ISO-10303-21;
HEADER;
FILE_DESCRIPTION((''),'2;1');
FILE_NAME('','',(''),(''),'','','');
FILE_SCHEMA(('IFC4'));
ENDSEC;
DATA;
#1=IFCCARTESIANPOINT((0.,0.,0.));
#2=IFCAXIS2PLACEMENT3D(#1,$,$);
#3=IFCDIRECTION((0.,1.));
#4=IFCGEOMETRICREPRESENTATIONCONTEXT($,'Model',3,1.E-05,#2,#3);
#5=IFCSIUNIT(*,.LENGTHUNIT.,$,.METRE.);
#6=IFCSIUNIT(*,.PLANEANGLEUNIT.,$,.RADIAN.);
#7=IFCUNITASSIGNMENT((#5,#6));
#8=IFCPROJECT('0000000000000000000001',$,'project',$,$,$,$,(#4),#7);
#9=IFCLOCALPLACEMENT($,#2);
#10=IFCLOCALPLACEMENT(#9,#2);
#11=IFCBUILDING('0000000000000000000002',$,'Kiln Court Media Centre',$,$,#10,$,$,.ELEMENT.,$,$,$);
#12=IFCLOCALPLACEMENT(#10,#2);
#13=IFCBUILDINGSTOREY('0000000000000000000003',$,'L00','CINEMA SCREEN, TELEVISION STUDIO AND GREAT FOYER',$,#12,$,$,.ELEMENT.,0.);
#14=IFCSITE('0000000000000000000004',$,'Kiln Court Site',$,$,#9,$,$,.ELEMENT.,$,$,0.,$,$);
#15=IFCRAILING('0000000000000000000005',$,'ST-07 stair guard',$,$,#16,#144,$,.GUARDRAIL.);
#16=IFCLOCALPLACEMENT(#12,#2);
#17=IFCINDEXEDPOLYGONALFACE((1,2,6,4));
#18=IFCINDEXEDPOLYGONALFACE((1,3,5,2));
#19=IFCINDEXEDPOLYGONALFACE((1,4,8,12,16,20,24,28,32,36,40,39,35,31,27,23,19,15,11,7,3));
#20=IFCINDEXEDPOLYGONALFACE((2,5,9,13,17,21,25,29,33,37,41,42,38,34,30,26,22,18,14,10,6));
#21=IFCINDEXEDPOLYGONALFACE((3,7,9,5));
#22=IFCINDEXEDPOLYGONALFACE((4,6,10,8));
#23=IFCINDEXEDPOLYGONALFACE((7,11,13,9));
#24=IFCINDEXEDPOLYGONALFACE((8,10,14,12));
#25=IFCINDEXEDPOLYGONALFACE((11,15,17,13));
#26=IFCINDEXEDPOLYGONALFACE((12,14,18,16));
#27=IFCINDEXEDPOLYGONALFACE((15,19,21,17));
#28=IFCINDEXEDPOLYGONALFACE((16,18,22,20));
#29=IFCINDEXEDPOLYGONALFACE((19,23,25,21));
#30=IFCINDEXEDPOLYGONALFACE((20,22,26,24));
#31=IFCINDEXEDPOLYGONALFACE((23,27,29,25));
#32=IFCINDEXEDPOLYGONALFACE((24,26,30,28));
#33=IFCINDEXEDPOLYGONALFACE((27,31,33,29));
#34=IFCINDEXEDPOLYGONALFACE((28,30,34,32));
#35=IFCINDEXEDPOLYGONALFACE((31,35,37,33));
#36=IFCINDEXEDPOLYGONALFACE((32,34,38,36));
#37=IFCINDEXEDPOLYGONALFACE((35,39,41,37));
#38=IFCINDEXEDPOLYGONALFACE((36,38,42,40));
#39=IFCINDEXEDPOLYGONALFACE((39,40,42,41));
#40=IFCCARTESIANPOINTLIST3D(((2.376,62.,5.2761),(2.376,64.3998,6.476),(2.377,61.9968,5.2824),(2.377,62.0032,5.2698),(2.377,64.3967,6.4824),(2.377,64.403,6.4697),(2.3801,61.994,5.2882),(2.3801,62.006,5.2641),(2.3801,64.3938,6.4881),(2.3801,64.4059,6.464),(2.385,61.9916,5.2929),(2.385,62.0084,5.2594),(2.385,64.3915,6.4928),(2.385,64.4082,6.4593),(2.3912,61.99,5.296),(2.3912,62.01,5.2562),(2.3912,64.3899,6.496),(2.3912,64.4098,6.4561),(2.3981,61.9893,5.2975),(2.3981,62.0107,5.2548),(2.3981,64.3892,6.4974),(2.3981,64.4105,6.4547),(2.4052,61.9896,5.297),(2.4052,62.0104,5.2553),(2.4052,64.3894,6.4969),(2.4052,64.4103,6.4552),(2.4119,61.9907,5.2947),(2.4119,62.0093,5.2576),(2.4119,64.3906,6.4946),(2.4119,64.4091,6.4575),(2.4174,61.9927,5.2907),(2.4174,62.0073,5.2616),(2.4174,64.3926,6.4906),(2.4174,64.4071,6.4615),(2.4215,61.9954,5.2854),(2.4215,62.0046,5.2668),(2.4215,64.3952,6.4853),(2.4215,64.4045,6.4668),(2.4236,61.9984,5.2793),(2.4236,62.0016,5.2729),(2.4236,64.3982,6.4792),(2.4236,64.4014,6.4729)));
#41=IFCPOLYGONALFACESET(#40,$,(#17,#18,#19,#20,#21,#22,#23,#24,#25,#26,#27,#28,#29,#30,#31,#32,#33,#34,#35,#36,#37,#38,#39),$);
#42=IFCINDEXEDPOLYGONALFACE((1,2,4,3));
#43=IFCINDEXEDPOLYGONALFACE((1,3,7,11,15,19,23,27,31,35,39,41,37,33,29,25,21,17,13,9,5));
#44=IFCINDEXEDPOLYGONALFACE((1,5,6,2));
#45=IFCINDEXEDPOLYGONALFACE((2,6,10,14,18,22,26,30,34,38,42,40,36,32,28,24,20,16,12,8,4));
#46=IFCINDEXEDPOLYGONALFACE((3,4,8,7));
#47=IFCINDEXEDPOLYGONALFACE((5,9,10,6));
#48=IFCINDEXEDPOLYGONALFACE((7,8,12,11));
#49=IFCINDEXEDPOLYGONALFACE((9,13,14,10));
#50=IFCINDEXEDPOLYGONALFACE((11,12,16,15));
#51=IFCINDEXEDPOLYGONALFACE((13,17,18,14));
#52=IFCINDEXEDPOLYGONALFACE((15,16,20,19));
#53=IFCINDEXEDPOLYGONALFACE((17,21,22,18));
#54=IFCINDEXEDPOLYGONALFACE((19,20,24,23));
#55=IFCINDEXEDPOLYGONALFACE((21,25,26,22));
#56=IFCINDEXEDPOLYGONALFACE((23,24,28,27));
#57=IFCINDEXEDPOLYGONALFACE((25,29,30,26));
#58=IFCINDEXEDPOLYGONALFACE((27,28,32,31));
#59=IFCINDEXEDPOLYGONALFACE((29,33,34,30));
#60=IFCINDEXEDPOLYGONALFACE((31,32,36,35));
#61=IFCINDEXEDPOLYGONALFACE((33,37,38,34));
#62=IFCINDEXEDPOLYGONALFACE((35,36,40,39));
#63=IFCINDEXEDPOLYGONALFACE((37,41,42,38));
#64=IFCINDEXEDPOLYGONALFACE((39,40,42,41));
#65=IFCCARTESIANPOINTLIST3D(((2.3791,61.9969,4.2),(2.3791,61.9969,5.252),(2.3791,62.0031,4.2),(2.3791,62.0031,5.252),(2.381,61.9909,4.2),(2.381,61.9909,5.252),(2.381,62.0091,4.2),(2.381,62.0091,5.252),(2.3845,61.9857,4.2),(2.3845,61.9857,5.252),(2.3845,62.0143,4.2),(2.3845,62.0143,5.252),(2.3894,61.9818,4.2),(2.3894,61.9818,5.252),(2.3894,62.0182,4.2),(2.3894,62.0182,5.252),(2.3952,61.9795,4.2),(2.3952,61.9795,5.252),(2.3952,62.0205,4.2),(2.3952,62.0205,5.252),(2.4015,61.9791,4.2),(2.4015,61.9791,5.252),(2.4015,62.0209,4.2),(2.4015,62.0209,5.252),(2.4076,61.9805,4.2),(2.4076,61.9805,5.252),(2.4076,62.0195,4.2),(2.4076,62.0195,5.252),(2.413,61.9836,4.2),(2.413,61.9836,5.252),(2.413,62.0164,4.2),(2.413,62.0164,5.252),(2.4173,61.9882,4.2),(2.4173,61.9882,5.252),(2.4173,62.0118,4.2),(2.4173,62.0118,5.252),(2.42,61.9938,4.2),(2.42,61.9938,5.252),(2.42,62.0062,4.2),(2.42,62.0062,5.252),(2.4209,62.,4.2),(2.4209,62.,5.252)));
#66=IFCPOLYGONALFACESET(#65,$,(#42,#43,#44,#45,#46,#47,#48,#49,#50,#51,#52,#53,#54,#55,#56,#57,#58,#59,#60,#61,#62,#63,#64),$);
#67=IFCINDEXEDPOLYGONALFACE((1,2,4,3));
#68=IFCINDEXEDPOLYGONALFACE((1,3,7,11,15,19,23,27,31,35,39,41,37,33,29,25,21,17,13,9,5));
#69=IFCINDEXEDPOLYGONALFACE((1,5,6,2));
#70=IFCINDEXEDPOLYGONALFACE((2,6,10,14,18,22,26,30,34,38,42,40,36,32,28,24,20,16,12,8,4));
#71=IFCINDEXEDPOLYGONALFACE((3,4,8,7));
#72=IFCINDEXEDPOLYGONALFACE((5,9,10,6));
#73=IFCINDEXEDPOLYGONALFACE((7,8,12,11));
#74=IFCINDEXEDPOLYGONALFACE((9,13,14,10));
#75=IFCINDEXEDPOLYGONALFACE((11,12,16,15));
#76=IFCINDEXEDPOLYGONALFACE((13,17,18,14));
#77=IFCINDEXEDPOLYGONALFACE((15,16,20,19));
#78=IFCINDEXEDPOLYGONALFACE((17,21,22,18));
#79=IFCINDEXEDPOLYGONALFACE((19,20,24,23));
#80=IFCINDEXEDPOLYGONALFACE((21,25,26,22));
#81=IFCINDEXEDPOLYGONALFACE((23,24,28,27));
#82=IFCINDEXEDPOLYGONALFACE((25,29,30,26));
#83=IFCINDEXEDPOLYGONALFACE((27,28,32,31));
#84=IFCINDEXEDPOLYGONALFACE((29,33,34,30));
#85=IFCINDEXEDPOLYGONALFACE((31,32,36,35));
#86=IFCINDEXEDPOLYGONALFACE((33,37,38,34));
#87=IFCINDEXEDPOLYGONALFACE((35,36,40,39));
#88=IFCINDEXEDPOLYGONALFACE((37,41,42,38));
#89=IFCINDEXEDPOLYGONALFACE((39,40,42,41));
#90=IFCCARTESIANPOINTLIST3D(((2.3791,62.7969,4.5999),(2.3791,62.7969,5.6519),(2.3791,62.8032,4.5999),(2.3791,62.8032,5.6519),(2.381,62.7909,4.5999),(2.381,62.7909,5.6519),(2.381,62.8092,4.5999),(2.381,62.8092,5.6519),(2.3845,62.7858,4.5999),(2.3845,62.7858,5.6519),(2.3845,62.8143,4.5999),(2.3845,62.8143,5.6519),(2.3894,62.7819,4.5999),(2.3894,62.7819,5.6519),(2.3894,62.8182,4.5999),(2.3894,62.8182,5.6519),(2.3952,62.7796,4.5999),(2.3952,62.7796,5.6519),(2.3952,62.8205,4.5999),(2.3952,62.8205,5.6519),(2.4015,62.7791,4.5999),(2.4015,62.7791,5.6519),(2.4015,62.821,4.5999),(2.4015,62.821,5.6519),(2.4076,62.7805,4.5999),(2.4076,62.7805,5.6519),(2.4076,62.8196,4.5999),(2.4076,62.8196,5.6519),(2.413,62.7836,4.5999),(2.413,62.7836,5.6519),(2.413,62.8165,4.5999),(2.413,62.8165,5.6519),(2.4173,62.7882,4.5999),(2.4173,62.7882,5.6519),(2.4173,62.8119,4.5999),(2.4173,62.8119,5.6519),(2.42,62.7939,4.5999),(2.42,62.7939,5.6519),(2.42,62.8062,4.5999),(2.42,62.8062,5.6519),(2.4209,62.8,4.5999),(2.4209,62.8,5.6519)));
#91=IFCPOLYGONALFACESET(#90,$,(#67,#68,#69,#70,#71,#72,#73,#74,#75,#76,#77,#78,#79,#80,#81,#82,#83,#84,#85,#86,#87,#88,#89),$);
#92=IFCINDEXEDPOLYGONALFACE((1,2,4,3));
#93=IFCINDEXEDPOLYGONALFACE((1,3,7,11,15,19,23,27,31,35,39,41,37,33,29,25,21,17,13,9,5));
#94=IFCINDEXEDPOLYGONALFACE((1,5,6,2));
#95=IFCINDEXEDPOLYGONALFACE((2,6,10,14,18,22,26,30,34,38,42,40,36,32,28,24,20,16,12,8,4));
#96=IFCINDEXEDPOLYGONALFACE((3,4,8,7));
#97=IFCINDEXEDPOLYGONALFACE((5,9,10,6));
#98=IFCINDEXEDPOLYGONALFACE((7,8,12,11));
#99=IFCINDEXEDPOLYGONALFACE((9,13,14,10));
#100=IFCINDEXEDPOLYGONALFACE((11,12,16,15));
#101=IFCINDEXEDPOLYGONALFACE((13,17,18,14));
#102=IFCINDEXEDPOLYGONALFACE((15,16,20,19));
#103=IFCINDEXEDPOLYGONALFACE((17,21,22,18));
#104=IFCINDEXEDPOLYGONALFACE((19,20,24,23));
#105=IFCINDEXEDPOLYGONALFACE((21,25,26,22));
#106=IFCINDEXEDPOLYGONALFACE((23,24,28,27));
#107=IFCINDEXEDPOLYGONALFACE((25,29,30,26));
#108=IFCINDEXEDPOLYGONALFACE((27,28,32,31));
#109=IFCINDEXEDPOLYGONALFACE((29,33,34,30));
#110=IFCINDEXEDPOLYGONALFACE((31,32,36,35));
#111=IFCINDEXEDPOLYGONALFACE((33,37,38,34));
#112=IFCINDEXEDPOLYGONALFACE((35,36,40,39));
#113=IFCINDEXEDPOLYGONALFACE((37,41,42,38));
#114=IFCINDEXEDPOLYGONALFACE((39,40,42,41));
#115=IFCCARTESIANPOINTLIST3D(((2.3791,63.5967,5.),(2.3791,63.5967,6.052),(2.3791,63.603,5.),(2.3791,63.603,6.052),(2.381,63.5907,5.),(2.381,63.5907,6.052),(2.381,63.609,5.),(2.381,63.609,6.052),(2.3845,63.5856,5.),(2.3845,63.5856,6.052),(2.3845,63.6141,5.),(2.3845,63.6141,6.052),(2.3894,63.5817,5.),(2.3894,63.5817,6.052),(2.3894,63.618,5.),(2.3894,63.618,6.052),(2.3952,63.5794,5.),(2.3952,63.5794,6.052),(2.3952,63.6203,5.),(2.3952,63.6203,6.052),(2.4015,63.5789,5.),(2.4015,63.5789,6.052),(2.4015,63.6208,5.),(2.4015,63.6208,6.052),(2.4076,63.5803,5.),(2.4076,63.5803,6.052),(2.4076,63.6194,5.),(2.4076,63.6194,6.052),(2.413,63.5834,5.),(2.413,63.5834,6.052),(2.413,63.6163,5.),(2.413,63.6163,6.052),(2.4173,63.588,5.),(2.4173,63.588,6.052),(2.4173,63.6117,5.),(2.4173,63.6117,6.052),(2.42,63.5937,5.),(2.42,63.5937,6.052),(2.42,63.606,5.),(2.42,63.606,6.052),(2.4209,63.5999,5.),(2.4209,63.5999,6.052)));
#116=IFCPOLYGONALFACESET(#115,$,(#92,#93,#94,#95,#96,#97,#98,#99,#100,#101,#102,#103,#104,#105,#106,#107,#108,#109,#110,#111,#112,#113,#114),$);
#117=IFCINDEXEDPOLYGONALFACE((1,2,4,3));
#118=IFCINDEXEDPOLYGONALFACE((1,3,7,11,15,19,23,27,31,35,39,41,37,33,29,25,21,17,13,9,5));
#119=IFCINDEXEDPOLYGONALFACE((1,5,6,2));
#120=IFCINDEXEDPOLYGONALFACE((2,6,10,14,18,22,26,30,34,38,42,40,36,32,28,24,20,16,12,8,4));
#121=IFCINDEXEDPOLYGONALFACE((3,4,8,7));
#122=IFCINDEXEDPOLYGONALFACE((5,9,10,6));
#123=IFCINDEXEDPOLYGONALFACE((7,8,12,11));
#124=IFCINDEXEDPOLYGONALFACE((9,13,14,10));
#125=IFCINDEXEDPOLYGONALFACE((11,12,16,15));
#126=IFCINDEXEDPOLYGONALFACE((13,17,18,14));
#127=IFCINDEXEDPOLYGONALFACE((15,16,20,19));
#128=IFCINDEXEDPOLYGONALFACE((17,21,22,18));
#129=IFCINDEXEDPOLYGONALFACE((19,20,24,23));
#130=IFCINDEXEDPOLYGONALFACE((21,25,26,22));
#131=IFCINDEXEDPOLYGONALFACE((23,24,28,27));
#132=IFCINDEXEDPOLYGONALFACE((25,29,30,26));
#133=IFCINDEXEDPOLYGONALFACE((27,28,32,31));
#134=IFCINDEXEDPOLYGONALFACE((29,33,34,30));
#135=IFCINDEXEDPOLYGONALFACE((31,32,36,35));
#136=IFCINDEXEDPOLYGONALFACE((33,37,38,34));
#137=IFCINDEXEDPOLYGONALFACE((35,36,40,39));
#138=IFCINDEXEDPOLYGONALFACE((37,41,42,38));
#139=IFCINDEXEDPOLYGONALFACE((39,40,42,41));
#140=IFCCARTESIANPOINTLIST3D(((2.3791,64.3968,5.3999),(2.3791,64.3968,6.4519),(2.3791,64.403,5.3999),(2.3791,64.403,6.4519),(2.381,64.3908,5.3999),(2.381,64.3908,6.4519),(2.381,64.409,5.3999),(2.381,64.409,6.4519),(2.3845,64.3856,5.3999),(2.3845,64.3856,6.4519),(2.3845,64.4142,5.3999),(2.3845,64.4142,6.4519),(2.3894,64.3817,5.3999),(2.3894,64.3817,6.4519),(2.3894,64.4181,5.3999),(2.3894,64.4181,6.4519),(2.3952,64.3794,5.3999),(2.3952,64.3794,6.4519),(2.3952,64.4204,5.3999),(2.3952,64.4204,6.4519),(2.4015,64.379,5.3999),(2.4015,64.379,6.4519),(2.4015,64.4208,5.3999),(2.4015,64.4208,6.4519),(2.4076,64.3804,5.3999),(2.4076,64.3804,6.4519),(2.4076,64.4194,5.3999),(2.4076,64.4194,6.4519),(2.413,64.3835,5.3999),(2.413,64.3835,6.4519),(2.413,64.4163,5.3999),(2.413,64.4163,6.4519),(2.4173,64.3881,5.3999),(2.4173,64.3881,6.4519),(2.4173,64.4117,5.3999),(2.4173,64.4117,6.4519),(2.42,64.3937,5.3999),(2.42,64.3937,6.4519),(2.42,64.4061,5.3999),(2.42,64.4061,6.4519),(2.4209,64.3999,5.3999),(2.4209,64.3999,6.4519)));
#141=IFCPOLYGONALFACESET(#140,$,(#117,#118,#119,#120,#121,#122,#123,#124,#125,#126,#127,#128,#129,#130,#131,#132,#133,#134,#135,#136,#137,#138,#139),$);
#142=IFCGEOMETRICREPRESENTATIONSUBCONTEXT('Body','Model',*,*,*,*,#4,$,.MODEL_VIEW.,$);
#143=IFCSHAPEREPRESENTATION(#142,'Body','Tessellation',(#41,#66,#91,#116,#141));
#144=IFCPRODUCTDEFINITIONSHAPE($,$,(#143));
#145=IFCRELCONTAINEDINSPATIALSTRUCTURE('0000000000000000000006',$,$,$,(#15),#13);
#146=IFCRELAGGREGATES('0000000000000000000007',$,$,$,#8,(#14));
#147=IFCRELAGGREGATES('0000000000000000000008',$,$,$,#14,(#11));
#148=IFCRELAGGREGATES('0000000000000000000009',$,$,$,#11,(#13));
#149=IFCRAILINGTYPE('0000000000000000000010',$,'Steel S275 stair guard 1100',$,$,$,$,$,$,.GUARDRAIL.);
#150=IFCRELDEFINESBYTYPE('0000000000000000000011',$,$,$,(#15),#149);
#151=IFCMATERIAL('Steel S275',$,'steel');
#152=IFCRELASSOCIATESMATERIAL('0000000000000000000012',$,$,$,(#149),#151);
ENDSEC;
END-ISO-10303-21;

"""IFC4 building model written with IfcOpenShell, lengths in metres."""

from ifc_helpers import new_model, si_unit, direction, frame, origin, origin_2d, place, context, subcontext, project, spatial, circle, extrude, material, type_object, element, save


model = new_model("IFC4")

# Units and contexts
model_context = context("Model", 3, precision=1e-05, world=origin(), true_north=direction((0.0, 1.0)))
body_context = subcontext(model_context, "Body", "Model", "MODEL_VIEW")
ifc_project = project(units=[si_unit("LENGTHUNIT", "METRE"), si_unit("PLANEANGLEUNIT", "RADIAN")], contexts=[model_context])

# Site, building, storey
site_placement = place(None, origin())
site = spatial("IfcSite", under=ifc_project, at=site_placement, Name="Kiln Court Site", CompositionType="ELEMENT", RefElevation=0.0)
building_placement = place(site_placement, origin())
building = spatial("IfcBuilding", under=site, at=building_placement, Name="Kiln Court Media Centre", CompositionType="ELEMENT")
storey_placement = place(building_placement, origin())
storey = spatial("IfcBuildingStorey", under=building, at=storey_placement, Name="L00", Description="CINEMA SCREEN, TELEVISION STUDIO AND GREAT FOYER", CompositionType="ELEMENT", Elevation=0.0)

# Railing
ifc_material_1 = material(Name="Steel S275", Category="steel")
railing_type_1 = type_object("IfcRailingType", Name="Steel S275 stair guard 1100", PredefinedType="GUARDRAIL", material=ifc_material_1)
railing_1_placement = place(storey_placement, frame((2.3999, 62.0, 4.2)))
element("IfcRailing", 1, at=railing_1_placement, inside=storey, type_object=railing_type_1, Name="ST-07 stair guard", PredefinedType="GUARDRAIL", context=body_context, shape_type="SweptSolid", body=[
    extrude(circle(Radius=0.0239, at=origin_2d()), frame((0.0, 0.0, 1.0762), z_axis=(0.0, 0.894427, 0.447214), x_axis=(-1.0, 0.0, 0.0)), (0.0, 0.0, 1.0), 2.6831),
    extrude(circle(Radius=0.021, at=origin_2d()), origin(), (0.0, 0.0, 1.0), 1.052),
    extrude(circle(Radius=0.021, at=origin_2d()), frame((0.0, 0.8, 0.3999)), (0.0, 0.0, 1.0), 1.052),
    extrude(circle(Radius=0.021, at=origin_2d()), frame((0.0, 1.5999, 0.8)), (0.0, 0.0, 1.0), 1.052),
    extrude(circle(Radius=0.021, at=origin_2d()), frame((0.0, 2.3999, 1.2)), (0.0, 0.0, 1.0), 1.052),
])

save(model, "model.ifc")
